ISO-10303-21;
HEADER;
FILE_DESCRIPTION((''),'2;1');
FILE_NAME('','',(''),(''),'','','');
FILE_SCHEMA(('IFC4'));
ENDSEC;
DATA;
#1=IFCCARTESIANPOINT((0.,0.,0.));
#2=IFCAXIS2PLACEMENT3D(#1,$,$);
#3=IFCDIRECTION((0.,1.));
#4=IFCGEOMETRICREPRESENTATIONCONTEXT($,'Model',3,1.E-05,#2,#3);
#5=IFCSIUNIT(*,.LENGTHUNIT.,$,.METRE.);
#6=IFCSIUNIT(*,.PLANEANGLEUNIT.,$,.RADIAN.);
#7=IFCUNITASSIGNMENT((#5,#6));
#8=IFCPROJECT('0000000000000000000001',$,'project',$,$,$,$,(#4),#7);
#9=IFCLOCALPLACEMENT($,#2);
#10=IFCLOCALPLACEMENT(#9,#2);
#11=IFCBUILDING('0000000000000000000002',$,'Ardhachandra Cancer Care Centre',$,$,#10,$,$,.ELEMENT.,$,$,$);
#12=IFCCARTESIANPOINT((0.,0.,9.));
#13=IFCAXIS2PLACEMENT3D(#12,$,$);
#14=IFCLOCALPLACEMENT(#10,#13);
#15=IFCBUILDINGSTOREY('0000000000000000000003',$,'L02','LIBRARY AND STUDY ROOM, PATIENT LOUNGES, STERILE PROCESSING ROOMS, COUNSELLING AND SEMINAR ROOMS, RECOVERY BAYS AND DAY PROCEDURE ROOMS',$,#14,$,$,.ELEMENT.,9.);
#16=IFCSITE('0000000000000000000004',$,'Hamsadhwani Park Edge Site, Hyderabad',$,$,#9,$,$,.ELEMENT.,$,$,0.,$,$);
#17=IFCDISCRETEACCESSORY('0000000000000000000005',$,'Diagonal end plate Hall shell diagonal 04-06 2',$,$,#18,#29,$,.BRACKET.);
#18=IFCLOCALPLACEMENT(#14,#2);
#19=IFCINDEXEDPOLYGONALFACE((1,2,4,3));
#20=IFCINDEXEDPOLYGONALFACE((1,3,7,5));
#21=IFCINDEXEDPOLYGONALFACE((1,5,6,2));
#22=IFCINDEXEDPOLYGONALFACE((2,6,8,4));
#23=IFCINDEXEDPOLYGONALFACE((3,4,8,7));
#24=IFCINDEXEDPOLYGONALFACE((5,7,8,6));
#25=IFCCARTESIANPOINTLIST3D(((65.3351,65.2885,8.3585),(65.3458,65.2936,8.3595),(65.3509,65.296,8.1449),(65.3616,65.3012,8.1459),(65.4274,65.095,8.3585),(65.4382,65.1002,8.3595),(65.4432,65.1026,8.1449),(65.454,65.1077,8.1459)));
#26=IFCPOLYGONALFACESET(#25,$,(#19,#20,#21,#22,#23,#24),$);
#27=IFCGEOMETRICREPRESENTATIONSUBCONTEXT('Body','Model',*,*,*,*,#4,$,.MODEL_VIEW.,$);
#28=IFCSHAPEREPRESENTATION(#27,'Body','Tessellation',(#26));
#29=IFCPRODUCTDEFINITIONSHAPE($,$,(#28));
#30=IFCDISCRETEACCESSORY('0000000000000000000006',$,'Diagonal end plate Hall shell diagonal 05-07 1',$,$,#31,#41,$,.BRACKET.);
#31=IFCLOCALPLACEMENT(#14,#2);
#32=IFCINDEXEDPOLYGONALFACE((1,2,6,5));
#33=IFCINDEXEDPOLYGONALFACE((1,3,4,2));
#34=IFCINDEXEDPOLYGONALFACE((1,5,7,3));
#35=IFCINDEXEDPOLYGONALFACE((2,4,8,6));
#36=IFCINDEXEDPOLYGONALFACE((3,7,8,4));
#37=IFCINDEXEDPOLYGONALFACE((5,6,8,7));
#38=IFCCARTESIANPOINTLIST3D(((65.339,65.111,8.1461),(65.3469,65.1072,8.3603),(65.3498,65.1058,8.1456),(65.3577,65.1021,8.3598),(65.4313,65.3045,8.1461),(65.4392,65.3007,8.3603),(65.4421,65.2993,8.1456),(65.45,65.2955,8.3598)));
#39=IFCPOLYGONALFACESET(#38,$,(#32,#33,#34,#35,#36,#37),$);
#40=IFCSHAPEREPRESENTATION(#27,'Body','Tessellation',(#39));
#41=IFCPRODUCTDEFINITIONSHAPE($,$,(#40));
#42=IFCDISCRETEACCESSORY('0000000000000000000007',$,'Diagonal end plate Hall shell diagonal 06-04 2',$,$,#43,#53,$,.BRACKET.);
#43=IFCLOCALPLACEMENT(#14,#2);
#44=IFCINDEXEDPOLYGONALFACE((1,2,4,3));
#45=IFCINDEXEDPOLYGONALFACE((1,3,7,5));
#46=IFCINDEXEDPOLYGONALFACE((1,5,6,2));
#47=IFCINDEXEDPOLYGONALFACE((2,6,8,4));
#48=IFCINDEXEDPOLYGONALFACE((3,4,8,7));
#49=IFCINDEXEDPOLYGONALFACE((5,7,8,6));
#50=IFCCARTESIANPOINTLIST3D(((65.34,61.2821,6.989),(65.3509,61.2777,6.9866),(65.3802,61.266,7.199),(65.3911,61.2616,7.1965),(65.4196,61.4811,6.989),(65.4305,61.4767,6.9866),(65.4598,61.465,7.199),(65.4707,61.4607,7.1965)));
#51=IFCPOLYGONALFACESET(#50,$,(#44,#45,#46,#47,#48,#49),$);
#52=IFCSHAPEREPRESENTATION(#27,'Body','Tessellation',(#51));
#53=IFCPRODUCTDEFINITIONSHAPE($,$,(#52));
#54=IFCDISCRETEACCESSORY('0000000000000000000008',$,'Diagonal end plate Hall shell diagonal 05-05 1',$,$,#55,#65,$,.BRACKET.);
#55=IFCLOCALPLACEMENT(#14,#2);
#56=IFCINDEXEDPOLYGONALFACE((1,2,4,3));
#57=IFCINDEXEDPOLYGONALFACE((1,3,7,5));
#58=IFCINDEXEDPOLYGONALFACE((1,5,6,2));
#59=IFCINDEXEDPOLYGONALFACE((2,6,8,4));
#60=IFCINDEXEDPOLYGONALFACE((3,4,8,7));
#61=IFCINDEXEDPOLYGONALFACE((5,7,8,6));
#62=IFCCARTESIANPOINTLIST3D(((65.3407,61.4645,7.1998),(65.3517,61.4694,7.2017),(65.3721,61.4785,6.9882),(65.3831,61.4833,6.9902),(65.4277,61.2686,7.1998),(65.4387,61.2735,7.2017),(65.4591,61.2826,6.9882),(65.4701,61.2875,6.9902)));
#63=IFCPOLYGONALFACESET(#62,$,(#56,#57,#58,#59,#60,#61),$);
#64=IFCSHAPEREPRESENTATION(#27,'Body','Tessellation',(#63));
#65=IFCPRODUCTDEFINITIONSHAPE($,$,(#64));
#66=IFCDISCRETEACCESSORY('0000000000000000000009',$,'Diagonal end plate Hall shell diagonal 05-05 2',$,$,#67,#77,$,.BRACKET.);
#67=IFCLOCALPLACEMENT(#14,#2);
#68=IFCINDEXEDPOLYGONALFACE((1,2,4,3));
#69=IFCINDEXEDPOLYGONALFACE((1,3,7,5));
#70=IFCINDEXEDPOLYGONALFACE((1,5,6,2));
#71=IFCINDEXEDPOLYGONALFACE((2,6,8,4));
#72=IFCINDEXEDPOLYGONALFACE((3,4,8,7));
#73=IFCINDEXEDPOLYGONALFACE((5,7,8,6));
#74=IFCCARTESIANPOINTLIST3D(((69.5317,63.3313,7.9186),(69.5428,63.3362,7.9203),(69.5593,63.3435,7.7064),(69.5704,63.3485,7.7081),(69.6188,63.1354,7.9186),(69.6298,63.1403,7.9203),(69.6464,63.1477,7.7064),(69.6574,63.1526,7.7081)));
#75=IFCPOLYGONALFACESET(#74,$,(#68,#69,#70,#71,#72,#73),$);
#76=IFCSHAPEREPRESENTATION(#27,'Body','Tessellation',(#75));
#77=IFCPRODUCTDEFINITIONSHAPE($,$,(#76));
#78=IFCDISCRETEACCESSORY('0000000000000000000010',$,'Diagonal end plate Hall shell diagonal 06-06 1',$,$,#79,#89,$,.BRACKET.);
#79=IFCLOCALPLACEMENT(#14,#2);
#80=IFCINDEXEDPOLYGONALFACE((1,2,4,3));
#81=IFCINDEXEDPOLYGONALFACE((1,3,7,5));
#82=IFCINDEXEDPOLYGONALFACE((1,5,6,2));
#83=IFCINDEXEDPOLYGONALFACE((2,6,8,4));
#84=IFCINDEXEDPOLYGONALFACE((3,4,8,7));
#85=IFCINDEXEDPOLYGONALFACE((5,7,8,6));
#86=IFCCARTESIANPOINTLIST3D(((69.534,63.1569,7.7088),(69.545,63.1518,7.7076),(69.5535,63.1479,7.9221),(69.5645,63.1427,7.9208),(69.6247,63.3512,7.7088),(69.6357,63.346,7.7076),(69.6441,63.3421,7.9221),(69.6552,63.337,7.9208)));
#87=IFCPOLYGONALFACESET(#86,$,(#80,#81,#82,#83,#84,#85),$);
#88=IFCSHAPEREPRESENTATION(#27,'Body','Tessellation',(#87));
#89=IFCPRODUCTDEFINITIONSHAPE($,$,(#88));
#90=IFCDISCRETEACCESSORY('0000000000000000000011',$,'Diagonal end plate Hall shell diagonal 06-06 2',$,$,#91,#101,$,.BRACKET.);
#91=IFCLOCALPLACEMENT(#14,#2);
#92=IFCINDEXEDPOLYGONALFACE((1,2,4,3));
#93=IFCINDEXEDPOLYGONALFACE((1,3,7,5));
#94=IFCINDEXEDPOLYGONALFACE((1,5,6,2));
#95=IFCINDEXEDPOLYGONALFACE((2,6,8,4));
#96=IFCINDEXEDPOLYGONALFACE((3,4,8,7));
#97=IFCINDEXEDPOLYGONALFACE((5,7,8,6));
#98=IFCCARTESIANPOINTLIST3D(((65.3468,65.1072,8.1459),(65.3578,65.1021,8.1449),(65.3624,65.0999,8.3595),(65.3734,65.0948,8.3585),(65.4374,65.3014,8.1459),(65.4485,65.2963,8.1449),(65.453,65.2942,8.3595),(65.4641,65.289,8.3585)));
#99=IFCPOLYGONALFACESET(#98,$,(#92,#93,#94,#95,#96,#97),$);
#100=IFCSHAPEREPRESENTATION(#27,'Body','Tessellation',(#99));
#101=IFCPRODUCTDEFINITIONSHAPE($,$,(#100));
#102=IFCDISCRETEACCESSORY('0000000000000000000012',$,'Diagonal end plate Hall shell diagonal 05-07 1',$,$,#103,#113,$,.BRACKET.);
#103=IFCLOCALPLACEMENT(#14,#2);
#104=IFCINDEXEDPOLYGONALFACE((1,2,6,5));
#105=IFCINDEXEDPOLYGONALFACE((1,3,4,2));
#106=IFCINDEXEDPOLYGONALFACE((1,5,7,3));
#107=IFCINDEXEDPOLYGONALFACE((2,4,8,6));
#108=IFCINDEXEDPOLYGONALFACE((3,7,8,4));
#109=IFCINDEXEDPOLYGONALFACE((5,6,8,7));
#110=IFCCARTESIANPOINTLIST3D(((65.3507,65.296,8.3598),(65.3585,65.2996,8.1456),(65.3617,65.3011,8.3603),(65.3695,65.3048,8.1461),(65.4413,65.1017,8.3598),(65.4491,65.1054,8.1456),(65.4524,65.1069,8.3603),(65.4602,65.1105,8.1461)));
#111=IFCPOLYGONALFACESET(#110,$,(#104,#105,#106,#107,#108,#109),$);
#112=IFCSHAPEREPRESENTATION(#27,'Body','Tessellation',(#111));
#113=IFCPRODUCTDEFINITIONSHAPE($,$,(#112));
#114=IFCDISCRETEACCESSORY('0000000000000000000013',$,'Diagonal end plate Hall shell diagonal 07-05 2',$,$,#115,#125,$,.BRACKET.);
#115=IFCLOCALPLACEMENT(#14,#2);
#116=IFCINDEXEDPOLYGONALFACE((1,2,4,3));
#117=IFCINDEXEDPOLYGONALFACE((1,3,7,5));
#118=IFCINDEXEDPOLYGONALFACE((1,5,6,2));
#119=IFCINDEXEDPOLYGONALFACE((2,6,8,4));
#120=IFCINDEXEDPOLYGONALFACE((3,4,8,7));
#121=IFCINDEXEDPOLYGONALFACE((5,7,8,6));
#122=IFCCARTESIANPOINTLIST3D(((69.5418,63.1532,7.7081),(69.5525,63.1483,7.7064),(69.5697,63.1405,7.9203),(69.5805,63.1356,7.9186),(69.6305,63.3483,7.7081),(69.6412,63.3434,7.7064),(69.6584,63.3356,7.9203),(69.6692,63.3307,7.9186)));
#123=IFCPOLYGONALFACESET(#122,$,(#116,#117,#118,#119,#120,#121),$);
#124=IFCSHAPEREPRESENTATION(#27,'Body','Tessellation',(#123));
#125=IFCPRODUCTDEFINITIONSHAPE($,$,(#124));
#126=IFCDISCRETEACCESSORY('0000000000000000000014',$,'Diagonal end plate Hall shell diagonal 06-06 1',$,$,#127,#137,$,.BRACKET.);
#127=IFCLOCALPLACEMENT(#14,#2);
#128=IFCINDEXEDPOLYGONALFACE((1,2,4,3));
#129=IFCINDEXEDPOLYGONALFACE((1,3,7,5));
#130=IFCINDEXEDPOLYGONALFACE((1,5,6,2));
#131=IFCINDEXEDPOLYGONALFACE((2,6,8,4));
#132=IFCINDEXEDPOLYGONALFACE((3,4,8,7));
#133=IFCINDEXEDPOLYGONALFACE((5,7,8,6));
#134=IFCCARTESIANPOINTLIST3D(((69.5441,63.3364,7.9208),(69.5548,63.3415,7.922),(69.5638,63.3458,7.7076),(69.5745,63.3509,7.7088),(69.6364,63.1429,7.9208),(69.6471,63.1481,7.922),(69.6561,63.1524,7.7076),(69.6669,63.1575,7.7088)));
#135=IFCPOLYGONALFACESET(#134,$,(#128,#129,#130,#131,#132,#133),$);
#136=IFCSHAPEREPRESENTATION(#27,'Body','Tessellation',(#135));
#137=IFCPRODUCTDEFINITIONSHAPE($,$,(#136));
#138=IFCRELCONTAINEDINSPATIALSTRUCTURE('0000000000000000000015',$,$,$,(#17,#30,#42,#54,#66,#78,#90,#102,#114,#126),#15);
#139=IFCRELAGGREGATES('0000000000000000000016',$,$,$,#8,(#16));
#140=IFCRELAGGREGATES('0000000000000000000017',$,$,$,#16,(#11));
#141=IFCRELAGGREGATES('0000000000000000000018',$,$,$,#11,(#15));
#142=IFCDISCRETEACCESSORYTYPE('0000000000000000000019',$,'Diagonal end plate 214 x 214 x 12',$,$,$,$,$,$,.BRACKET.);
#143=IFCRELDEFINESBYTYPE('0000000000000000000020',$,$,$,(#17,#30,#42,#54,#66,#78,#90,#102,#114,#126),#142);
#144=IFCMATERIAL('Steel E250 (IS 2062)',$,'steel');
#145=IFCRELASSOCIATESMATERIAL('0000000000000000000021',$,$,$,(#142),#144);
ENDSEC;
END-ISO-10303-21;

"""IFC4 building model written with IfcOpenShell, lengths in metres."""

from ifc_helpers import new_model, si_unit, direction, frame, origin, origin_2d, place, context, subcontext, project, spatial, rectangle, extrude, material, material_profile, profile_set, type_object, element, save


model = new_model("IFC4")

# Units and contexts
model_context = context("Model", 3, precision=1e-05, world=origin(), true_north=direction((0.0, 1.0)))
body_context = subcontext(model_context, "Body", "Model", "MODEL_VIEW")
ifc_project = project(units=[si_unit("LENGTHUNIT", "METRE"), si_unit("PLANEANGLEUNIT", "RADIAN")], contexts=[model_context])

# Site, building, storey
site_placement = place(None, origin())
site = spatial("IfcSite", under=ifc_project, at=site_placement, Name="Hamsadhwani Park Edge Site, Hyderabad", CompositionType="ELEMENT", RefElevation=0.0)
building_placement = place(site_placement, origin())
building = spatial("IfcBuilding", under=site, at=building_placement, Name="Ardhachandra Cancer Care Centre", CompositionType="ELEMENT")
storey_placement = place(building_placement, frame((0.0, 0.0, 9.0)))
storey = spatial("IfcBuildingStorey", under=building, at=storey_placement, Name="L02", Description="LIBRARY AND STUDY ROOM, PATIENT LOUNGES, STERILE PROCESSING ROOMS, COUNSELLING AND SEMINAR ROOMS, RECOVERY BAYS AND DAY PROCEDURE ROOMS", CompositionType="ELEMENT", Elevation=9.0)

# Discrete accessories
ifc_material_1 = material(Name="Steel E250 (IS 2062)", Category="steel")
ifc_material_profile_1 = material_profile(ifc_material_1, rectangle(XDim=0.2144, YDim=0.2144, at=origin_2d()), Name="PL 214x214x12")
ifc_profile_set_1 = profile_set([ifc_material_profile_1], Name="Steel E250 (IS 2062)")
discrete_accessory_type = type_object("IfcDiscreteAccessoryType", Name="Diagonal end plate 214 x 214 x 12", PredefinedType="BRACKET", material=ifc_profile_set_1)
for number, where, z_axis, x_axis, name in (
    (1, (65.3999, 65.2007, 8.2527), (-0.899459, -0.429287, -0.081769), (0.43073, -0.902481, 0.0), "Diagonal end plate Hall shell diagonal 04-06 2"),
    (2, (65.3999, 65.2007, 8.2527), (-0.901723, 0.430368, 0.040987), (-0.43073, -0.902481, 0.0), "Diagonal end plate Hall shell diagonal 05-07 1"),
    (3, (65.3999, 61.3735, 7.094), (0.909323, -0.363729, -0.202072), (0.371391, 0.928477, 0.0), "Diagonal end plate Hall shell diagonal 06-04 2"),
):
    element("IfcDiscreteAccessory", number, at=place(storey_placement, frame(where, z_axis=z_axis, x_axis=x_axis)), inside=storey, type_object=discrete_accessory_type, Name=name, PredefinedType="BRACKET", context=body_context, shape_type="SweptSolid", body=[
        extrude(rectangle(XDim=0.2144, YDim=0.2144, at=origin_2d()), origin(), (0.0, 0.0, 1.0), 0.012),
    ])
for number, where, z_axis, x_axis, name in (
    (4, (65.3999, 61.3735, 7.094), (0.901987, 0.400883, 0.160353), (-0.406138, 0.913812, 0.0), "Diagonal end plate Hall shell diagonal 05-05 1"),
    (5, (69.6001, 63.2444, 7.8142), (-0.904717, -0.402096, -0.140734), (0.406138, -0.913812, 0.0), "Diagonal end plate Hall shell diagonal 05-05 2"),
    (6, (69.6001, 63.2444, 7.8142), (-0.901624, 0.420758, 0.10018), (-0.422885, -0.906183, 0.0), "Diagonal end plate Hall shell diagonal 06-06 1"),
    (7, (65.3999, 65.2007, 8.2527), (0.903258, -0.42152, -0.08029), (0.422885, 0.906183, 0.0), "Diagonal end plate Hall shell diagonal 06-06 2"),
    (8, (65.3999, 65.2007, 8.2527), (0.905449, 0.422543, 0.040242), (-0.422885, 0.906183, 0.0), "Diagonal end plate Hall shell diagonal 05-07 1"),
):
    element("IfcDiscreteAccessory", number, at=place(storey_placement, frame(where, z_axis=z_axis, x_axis=x_axis)), inside=storey, type_object=discrete_accessory_type, Name=name, PredefinedType="BRACKET", context=body_context, shape_type="SweptSolid", body=[
        extrude(rectangle(XDim=0.2144, YDim=0.2144, at=origin_2d()), origin(), (0.0, 0.0, 1.0), 0.0122),
    ])
for number, where, z_axis, x_axis, name in (
    (9, (69.6001, 63.2444, 7.8142), (0.900966, -0.40953, -0.143336), (0.413803, 0.910366, 0.0), "Diagonal end plate Hall shell diagonal 07-05 2"),
    (10, (69.6001, 63.2444, 7.8142), (0.897772, 0.428482, 0.10202), (-0.43073, 0.902481, 0.0), "Diagonal end plate Hall shell diagonal 06-06 1"),
):
    element("IfcDiscreteAccessory", number, at=place(storey_placement, frame(where, z_axis=z_axis, x_axis=x_axis)), inside=storey, type_object=discrete_accessory_type, Name=name, PredefinedType="BRACKET", context=body_context, shape_type="SweptSolid", body=[
        extrude(rectangle(XDim=0.2144, YDim=0.2144, at=origin_2d()), origin(), (0.0, 0.0, 1.0), 0.012),
    ])

save(model, "model.ifc")
